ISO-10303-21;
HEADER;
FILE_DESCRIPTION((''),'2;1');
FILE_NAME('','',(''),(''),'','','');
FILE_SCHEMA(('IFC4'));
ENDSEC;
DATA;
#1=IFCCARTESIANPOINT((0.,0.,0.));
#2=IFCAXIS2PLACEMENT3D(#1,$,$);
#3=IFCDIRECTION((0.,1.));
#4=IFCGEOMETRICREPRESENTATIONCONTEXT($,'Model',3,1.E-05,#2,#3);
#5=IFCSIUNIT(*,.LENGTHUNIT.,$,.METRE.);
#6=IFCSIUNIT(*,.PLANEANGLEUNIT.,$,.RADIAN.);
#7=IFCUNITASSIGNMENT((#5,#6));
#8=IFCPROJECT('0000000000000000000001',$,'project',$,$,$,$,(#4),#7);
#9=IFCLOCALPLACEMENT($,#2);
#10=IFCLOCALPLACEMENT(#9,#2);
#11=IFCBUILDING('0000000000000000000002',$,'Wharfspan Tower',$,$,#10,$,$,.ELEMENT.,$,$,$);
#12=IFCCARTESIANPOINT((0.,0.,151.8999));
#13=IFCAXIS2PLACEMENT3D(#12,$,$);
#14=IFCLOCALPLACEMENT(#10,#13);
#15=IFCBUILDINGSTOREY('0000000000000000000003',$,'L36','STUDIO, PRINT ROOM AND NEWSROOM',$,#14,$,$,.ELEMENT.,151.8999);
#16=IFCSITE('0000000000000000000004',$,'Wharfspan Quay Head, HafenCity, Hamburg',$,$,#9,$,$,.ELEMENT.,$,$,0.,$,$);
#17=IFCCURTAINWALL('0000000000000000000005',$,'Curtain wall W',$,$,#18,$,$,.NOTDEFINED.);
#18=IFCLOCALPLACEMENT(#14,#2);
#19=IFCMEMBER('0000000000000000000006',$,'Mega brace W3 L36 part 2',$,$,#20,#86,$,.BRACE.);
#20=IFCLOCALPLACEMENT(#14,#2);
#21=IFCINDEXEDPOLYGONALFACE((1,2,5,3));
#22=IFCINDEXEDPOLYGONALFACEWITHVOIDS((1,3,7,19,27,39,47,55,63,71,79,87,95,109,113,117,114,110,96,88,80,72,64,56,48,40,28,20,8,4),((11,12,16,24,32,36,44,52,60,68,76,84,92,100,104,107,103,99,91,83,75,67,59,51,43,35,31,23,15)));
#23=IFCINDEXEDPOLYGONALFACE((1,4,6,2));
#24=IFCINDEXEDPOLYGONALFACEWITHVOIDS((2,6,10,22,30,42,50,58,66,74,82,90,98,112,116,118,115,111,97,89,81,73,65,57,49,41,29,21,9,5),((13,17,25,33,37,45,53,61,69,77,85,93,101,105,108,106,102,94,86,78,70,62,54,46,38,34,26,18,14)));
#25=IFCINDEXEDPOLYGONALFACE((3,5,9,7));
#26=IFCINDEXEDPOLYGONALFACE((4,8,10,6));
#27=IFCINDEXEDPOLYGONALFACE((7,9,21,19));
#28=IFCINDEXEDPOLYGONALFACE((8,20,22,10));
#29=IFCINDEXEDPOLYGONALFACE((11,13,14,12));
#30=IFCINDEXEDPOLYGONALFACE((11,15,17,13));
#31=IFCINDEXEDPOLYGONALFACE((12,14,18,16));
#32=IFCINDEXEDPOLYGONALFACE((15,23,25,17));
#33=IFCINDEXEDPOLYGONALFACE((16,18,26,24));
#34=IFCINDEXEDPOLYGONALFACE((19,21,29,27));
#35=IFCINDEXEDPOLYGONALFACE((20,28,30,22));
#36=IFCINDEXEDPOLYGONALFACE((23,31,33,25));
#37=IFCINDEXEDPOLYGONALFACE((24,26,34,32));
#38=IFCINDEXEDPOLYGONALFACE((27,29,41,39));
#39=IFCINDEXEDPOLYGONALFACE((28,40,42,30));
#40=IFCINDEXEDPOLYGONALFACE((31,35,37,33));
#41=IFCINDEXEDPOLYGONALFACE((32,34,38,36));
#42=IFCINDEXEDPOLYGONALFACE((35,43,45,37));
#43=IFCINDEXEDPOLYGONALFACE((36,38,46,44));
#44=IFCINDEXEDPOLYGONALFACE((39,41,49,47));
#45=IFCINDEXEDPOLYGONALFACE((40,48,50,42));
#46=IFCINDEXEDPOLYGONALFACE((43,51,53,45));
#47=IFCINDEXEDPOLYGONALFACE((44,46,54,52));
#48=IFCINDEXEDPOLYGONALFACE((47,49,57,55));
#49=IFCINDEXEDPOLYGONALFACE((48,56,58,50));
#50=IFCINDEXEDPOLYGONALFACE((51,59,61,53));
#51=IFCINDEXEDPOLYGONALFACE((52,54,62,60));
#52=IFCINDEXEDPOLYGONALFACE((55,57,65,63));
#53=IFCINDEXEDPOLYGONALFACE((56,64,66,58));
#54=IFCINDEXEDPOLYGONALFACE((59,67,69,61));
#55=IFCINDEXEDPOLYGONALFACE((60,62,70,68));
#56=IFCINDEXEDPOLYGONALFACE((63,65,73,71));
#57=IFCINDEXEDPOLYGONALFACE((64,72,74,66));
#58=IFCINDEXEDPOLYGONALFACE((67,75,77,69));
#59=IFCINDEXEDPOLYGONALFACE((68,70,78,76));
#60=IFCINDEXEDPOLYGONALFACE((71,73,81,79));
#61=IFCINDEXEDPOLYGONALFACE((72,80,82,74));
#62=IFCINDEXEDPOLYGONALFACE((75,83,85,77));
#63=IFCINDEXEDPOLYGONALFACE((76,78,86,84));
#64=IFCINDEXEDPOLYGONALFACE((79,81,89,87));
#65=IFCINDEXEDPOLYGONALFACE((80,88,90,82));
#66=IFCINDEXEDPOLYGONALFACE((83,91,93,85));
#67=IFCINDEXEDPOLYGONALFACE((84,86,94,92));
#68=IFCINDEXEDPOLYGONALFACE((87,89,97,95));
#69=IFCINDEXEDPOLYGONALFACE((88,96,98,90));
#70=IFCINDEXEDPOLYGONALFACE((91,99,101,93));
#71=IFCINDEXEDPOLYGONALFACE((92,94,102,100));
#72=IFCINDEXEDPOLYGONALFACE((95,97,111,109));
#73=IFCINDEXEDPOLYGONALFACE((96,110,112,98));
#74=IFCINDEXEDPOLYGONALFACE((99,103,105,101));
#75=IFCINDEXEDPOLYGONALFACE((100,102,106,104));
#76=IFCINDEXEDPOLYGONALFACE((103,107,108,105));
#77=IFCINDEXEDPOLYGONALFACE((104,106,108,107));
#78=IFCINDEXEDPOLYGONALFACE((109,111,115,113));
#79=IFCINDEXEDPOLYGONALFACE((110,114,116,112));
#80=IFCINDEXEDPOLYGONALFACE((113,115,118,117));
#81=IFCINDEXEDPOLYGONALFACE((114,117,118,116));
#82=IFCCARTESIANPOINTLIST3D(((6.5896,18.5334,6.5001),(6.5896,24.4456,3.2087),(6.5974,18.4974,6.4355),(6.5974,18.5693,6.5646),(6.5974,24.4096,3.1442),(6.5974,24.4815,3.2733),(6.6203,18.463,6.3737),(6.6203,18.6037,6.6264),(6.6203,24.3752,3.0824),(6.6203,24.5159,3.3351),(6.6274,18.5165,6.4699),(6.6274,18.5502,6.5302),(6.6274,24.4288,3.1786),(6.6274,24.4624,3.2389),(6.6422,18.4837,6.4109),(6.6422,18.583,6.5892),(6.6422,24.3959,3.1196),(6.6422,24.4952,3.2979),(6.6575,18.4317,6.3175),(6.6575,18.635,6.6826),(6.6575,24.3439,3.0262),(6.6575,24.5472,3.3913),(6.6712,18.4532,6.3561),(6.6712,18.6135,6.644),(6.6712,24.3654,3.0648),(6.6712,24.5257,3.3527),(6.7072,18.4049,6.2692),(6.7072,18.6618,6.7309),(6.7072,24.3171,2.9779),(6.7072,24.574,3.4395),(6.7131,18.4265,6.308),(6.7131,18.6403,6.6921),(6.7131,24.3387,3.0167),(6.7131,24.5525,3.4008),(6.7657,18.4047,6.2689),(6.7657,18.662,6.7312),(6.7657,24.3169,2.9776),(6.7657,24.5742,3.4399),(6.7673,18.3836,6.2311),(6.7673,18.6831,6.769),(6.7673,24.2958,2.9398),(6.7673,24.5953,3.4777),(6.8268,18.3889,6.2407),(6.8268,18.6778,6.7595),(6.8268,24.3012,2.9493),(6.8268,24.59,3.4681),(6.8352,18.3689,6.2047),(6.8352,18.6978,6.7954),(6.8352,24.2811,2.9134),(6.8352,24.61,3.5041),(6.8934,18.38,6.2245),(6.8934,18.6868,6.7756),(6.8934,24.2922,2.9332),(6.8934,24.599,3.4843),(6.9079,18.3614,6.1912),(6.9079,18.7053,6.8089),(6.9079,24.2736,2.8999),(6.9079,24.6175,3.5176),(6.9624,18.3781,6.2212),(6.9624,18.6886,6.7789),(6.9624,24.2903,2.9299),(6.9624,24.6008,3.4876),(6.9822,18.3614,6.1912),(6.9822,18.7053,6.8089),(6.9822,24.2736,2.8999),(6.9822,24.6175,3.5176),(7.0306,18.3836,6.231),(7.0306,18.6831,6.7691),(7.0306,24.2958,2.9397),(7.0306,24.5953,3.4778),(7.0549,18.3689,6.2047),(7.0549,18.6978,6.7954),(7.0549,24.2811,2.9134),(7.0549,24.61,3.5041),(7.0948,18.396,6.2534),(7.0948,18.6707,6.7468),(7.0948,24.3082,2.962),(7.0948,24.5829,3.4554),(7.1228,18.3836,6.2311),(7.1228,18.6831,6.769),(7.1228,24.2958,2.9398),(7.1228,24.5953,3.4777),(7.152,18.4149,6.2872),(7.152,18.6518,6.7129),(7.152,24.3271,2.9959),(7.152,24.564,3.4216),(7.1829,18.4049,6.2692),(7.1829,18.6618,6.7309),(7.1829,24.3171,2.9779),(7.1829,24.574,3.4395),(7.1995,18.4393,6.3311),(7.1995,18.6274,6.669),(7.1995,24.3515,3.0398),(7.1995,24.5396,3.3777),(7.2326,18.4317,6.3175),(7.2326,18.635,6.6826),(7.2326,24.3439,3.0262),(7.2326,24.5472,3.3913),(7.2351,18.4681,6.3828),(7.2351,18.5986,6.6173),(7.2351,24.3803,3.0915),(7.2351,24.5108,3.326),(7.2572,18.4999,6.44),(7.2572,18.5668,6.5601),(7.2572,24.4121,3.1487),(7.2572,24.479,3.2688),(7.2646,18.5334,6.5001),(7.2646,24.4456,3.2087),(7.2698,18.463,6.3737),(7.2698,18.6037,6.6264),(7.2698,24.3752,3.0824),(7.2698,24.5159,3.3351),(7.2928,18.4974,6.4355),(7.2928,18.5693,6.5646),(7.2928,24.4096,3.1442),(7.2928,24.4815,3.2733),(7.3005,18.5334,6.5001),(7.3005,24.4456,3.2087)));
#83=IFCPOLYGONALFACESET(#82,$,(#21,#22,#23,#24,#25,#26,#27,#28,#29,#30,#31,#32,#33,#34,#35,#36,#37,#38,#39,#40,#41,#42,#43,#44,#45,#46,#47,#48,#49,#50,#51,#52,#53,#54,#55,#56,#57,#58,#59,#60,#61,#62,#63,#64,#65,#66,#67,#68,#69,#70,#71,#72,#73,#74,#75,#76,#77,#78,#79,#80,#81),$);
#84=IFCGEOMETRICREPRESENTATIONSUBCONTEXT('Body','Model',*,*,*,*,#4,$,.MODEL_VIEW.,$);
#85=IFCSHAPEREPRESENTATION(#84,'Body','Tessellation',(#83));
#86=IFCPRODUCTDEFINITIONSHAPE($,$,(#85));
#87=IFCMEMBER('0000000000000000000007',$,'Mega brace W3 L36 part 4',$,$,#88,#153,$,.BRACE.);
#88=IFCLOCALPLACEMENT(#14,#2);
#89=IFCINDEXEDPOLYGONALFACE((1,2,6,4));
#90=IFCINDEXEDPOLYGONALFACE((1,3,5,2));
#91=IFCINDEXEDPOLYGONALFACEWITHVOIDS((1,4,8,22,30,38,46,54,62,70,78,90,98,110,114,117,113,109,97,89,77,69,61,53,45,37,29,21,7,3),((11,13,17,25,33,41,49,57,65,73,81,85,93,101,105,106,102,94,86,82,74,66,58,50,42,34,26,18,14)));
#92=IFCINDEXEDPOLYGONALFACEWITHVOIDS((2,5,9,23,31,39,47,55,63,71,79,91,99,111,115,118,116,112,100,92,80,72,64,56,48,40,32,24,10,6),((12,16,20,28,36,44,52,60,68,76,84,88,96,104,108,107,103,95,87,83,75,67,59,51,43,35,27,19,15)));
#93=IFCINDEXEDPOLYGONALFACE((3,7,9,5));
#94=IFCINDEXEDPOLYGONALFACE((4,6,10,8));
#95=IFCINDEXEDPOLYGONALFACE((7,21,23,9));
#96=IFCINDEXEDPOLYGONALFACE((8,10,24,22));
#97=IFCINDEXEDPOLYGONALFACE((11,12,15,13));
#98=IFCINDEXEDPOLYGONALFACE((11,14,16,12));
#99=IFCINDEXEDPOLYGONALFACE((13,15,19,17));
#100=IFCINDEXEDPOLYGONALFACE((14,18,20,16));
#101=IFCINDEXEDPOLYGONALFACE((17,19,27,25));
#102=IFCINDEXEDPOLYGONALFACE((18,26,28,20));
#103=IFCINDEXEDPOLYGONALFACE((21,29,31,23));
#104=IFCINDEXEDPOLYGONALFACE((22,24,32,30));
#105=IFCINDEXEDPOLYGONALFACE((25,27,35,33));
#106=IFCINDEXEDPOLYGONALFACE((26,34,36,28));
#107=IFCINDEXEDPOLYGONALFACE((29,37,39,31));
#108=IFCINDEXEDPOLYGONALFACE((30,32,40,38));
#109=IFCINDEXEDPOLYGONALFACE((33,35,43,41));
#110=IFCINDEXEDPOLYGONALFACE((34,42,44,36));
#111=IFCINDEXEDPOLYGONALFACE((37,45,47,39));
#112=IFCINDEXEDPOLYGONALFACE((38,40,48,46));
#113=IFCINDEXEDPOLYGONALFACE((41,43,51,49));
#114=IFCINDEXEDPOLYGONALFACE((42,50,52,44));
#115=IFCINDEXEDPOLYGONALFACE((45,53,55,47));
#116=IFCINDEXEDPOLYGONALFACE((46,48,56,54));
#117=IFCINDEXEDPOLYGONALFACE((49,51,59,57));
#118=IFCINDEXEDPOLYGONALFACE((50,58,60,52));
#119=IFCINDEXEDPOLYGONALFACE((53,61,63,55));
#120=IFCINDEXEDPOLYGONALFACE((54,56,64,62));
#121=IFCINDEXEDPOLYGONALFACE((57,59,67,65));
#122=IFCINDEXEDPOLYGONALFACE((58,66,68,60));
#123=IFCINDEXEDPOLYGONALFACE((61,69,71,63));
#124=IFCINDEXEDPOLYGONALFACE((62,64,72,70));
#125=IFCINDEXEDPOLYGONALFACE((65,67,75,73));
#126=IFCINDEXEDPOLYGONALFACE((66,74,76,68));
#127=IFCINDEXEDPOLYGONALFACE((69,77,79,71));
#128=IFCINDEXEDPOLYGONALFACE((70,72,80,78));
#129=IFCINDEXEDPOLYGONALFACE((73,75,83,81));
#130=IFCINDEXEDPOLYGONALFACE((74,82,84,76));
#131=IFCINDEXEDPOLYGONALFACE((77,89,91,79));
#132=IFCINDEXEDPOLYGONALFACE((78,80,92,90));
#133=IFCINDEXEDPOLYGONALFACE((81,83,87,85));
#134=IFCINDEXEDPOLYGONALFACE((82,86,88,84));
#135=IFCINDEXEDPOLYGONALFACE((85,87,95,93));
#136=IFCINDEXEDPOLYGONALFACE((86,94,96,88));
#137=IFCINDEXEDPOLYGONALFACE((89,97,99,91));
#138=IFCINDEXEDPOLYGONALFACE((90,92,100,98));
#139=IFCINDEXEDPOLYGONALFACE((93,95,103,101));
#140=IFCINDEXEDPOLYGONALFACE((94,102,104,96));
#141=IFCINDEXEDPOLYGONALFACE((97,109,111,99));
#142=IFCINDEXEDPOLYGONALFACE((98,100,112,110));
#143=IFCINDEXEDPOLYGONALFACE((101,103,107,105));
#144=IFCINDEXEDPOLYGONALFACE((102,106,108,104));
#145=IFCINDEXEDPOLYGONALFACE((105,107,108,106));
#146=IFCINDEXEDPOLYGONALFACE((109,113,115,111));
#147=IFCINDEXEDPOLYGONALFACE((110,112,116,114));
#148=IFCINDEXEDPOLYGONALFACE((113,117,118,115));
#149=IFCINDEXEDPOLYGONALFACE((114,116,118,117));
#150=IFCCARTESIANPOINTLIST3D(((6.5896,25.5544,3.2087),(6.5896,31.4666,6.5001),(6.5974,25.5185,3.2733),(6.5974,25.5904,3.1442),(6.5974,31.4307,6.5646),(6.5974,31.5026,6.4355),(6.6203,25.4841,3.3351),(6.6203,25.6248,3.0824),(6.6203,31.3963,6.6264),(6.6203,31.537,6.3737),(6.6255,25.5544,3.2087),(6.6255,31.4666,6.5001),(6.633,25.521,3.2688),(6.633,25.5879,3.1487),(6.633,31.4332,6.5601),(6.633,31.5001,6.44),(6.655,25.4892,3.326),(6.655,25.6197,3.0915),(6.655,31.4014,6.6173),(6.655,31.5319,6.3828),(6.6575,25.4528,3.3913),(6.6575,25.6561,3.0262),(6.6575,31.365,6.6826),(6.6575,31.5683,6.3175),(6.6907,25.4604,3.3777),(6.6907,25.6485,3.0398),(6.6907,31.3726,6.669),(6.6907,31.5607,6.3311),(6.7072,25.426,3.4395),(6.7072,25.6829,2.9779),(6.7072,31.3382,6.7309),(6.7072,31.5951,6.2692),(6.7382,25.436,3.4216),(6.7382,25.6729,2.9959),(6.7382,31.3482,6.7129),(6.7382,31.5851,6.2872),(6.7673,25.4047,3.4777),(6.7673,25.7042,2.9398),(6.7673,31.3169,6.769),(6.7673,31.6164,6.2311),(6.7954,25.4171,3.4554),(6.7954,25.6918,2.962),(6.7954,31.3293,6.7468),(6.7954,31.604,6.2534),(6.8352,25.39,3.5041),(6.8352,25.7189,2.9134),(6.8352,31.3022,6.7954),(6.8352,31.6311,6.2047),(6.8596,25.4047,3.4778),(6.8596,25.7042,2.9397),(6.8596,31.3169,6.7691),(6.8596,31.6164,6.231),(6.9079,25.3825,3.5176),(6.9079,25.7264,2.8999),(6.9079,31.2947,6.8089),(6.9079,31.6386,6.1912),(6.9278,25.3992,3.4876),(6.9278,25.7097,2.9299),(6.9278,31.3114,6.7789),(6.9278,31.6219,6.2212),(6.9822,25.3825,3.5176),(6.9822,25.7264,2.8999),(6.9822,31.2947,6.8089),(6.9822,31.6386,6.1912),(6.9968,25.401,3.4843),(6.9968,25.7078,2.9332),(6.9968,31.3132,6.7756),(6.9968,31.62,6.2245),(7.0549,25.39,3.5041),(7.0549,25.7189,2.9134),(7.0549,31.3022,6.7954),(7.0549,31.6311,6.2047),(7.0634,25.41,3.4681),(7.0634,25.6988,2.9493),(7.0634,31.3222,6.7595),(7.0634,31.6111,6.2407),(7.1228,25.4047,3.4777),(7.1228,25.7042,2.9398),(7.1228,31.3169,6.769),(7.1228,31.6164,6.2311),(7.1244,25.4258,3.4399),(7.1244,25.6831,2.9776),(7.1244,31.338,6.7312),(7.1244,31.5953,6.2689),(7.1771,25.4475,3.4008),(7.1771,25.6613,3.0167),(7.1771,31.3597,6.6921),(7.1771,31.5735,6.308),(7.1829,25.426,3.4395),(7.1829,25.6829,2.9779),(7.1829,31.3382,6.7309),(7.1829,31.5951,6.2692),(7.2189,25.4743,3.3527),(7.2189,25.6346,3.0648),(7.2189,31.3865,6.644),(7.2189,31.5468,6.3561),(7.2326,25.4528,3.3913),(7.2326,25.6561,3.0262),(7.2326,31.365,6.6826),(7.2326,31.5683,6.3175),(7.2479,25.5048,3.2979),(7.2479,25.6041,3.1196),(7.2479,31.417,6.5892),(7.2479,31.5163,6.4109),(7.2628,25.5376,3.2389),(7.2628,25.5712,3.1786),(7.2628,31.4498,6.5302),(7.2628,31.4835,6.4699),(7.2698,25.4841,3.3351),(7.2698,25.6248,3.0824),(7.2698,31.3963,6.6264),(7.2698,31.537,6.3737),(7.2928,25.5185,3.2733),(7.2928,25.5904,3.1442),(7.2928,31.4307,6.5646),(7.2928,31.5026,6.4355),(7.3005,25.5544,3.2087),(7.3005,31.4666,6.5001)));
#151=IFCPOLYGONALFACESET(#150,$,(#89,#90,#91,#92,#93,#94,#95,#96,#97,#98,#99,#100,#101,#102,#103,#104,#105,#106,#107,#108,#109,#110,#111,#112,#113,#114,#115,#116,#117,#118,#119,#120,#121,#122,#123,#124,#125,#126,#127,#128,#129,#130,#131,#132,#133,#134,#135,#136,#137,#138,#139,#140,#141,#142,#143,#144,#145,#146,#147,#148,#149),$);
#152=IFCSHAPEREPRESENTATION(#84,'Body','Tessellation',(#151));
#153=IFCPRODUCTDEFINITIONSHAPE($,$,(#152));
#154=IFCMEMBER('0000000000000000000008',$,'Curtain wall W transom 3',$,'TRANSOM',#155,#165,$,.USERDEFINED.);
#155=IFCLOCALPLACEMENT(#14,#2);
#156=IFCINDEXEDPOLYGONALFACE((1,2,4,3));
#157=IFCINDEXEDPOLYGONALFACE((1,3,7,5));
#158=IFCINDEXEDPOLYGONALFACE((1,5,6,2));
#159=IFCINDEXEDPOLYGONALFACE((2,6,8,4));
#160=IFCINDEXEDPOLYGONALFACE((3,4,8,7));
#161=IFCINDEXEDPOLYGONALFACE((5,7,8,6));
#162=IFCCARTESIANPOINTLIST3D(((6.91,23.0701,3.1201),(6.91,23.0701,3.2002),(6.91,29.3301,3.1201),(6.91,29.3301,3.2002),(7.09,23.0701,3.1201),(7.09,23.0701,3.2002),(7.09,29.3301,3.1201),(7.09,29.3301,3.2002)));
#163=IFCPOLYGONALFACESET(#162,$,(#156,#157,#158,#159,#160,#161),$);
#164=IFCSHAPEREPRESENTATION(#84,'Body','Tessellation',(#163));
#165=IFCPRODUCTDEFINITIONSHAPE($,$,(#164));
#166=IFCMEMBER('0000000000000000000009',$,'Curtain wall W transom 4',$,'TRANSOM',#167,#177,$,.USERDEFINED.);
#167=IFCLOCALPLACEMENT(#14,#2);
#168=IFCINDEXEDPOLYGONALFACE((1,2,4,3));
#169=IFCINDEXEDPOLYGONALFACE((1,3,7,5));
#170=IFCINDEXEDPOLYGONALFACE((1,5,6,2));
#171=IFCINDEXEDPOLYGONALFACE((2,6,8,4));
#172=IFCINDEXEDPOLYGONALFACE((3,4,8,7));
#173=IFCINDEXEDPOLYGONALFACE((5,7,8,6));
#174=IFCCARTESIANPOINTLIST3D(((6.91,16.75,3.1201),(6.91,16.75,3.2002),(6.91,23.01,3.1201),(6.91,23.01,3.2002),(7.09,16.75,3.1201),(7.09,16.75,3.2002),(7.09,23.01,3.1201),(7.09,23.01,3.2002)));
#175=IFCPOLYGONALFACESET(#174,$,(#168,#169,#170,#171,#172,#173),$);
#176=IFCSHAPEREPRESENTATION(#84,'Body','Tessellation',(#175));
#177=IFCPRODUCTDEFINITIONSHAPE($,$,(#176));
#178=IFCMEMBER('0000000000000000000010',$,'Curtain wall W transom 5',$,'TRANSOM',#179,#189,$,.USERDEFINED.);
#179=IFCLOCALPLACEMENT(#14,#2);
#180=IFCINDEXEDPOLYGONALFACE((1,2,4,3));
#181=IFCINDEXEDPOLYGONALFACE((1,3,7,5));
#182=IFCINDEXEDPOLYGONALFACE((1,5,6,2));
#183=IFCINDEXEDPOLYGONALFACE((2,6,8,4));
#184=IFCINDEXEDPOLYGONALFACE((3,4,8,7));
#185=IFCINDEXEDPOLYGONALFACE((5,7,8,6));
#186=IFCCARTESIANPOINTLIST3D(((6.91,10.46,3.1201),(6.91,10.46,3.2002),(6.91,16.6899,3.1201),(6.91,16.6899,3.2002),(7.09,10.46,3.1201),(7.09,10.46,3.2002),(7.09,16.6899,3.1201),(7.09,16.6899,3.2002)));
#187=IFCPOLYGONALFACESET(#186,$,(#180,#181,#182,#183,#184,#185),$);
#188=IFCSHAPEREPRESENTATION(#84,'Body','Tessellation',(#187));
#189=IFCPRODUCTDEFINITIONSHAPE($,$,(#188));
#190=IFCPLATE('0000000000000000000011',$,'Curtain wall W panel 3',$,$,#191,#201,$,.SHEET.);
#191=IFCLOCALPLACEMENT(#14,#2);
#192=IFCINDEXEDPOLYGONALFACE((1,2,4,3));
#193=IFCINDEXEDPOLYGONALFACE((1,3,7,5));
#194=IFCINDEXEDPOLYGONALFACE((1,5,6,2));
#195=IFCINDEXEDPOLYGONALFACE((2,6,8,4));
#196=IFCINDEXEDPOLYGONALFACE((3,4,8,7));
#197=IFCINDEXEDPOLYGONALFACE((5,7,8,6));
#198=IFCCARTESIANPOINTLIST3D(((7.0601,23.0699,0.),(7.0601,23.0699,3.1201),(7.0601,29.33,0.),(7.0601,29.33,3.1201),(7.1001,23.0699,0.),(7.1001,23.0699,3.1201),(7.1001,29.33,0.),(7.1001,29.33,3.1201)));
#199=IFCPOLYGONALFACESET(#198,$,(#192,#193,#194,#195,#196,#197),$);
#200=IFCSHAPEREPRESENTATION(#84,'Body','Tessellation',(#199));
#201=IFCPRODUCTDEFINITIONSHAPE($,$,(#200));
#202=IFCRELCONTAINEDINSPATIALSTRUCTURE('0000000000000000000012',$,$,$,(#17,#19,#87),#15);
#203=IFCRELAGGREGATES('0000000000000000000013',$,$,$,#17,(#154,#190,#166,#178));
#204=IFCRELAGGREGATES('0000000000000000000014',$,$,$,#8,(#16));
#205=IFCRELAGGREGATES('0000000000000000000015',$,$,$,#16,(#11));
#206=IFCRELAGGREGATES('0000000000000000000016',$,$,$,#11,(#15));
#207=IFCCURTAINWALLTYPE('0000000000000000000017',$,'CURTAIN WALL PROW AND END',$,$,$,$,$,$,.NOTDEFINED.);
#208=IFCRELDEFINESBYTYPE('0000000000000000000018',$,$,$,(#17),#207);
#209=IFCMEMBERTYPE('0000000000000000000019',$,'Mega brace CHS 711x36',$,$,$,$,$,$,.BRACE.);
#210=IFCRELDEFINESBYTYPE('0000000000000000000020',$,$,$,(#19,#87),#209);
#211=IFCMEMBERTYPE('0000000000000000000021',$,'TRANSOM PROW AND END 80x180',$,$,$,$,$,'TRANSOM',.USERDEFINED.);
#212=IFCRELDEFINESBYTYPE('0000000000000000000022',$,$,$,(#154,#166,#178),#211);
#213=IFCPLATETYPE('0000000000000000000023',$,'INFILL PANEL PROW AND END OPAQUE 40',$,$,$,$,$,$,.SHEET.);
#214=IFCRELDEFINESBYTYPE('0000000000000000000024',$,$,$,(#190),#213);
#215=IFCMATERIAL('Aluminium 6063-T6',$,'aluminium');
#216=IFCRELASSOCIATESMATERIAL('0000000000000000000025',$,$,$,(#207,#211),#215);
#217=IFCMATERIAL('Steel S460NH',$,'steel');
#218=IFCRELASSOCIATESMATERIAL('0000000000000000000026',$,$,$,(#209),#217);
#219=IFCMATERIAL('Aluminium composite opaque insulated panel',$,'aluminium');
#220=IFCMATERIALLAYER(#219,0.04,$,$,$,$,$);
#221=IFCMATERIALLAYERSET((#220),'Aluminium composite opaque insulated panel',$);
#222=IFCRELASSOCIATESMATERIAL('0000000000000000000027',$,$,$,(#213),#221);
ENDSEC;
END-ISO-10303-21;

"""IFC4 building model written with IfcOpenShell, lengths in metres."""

from ifc_helpers import new_model, si_unit, direction, frame, origin, origin_2d, place, context, subcontext, project, spatial, rectangle, hollow_circle, extrude, material, layer, layer_set, material_profile, profile_set, type_object, element, aggregate, save


model = new_model("IFC4")

# Units and contexts
model_context = context("Model", 3, precision=1e-05, world=origin(), true_north=direction((0.0, 1.0)))
body_context = subcontext(model_context, "Body", "Model", "MODEL_VIEW")
ifc_project = project(units=[si_unit("LENGTHUNIT", "METRE"), si_unit("PLANEANGLEUNIT", "RADIAN")], contexts=[model_context])

# Site, building, storey
site_placement = place(None, origin())
site = spatial("IfcSite", under=ifc_project, at=site_placement, Name="Wharfspan Quay Head, HafenCity, Hamburg", CompositionType="ELEMENT", RefElevation=0.0)
building_placement = place(site_placement, origin())
building = spatial("IfcBuilding", under=site, at=building_placement, Name="Wharfspan Tower", CompositionType="ELEMENT")
storey_placement = place(building_placement, frame((0.0, 0.0, 151.8999)))
storey = spatial("IfcBuildingStorey", under=building, at=storey_placement, Name="L36", Description="STUDIO, PRINT ROOM AND NEWSROOM", CompositionType="ELEMENT", Elevation=151.8999)

# Shared definitions
ifc_material_1 = material(Name="Steel S460NH", Category="steel")

# Curtain wall
ifc_material_2 = material(Name="Aluminium 6063-T6", Category="aluminium")
curtain_wall_type = type_object("IfcCurtainWallType", Name="CURTAIN WALL PROW AND END", PredefinedType="NOTDEFINED", material=ifc_material_2)
curtain_wall_placement = place(storey_placement, origin())
curtain_wall = element("IfcCurtainWall", 1, at=curtain_wall_placement, inside=storey, type_object=curtain_wall_type, Name="Curtain wall W", PredefinedType="NOTDEFINED")

# Members
ifc_material_profile_1 = material_profile(ifc_material_1, hollow_circle(Radius=0.3555, WallThickness=0.0359, at=origin_2d()))
ifc_profile_set_1 = profile_set([ifc_material_profile_1], Name="Steel S460NH")
member_type_1 = type_object("IfcMemberType", Name="Mega brace CHS 711x36", PredefinedType="BRACE", material=ifc_profile_set_1)
for number, where, z_axis, x_axis, name in (
    (2, (6.9451, 24.4456, 3.2087), (0.0, -0.873733, 0.486406), (1.0, 0.0, 0.0), "Mega brace W3 L36 part 2"),
    (3, (6.9451, 25.5544, 3.2087), (0.0, 0.873733, 0.486406), (-1.0, 0.0, 0.0), "Mega brace W3 L36 part 4"),
):
    element("IfcMember", number, at=place(storey_placement, frame(where, z_axis=z_axis, x_axis=x_axis)), inside=storey, type_object=member_type_1, Name=name, PredefinedType="BRACE", context=body_context, shape_type="SweptSolid", body=[
        extrude(hollow_circle(Radius=0.3555, WallThickness=0.0359, at=origin_2d()), origin(), (0.0, 0.0, 1.0), 6.7666),
    ])

# Members
ifc_material_profile_2 = material_profile(ifc_material_2, rectangle(XDim=0.1799, YDim=0.0801, at=origin_2d()))
ifc_profile_set_2 = profile_set([ifc_material_profile_2], Name="Aluminium 6063-T6")
member_type_2 = type_object("IfcMemberType", Name="TRANSOM PROW AND END 80x180", ElementType="TRANSOM", PredefinedType="USERDEFINED", material=ifc_profile_set_2)
member_1_placement = place(storey_placement, frame((7.0, 29.3301, 3.1602), z_axis=(0.0, -1.0, 0.0), x_axis=(1.0, 0.0, 0.0)))
member_1 = element("IfcMember", 4, at=member_1_placement, type_object=member_type_2, Name="Curtain wall W transom 3", ObjectType="TRANSOM", PredefinedType="USERDEFINED", context=body_context, shape_type="SweptSolid", body=[
    extrude(rectangle(XDim=0.1799, YDim=0.0801, at=origin_2d()), origin(), (0.0, 0.0, 1.0), 6.26),
])
member_2_placement = place(storey_placement, frame((7.0, 23.01, 3.1602), z_axis=(0.0, -1.0, 0.0), x_axis=(1.0, 0.0, 0.0)))
member_2 = element("IfcMember", 5, at=member_2_placement, type_object=member_type_2, Name="Curtain wall W transom 4", ObjectType="TRANSOM", PredefinedType="USERDEFINED", context=body_context, shape_type="SweptSolid", body=[
    extrude(rectangle(XDim=0.1799, YDim=0.0801, at=origin_2d()), origin(), (0.0, 0.0, 1.0), 6.26),
])
member_3_placement = place(storey_placement, frame((7.0, 16.6899, 3.1602), z_axis=(0.0, -1.0, 0.0), x_axis=(1.0, 0.0, 0.0)))
member_3 = element("IfcMember", 6, at=member_3_placement, type_object=member_type_2, Name="Curtain wall W transom 5", ObjectType="TRANSOM", PredefinedType="USERDEFINED", context=body_context, shape_type="SweptSolid", body=[
    extrude(rectangle(XDim=0.1799, YDim=0.0801, at=origin_2d()), origin(), (0.0, 0.0, 1.0), 6.23),
])

# Plate
ifc_material_3 = material(Name="Aluminium composite opaque insulated panel", Category="aluminium")
ifc_layer_1 = layer(ifc_material_3, 0.04)
ifc_layer_set_1 = layer_set([ifc_layer_1], Name="Aluminium composite opaque insulated panel")
plate_type = type_object("IfcPlateType", Name="INFILL PANEL PROW AND END OPAQUE 40", PredefinedType="SHEET", material=ifc_layer_set_1)
plate_1_placement = place(storey_placement, frame((7.0801, 26.2, 0.0), z_axis=(0.0, 0.0, 1.0), x_axis=(0.0, -1.0, 0.0)))
plate_1 = element("IfcPlate", 7, at=plate_1_placement, type_object=plate_type, Name="Curtain wall W panel 3", PredefinedType="SHEET", context=body_context, shape_type="SweptSolid", body=[
    extrude(rectangle(XDim=6.26, YDim=0.04, at=origin_2d()), origin(), (0.0, 0.0, 1.0), 3.1201),
])
aggregate(curtain_wall, [member_1, plate_1, member_2, member_3])

save(model, "model.ifc")
